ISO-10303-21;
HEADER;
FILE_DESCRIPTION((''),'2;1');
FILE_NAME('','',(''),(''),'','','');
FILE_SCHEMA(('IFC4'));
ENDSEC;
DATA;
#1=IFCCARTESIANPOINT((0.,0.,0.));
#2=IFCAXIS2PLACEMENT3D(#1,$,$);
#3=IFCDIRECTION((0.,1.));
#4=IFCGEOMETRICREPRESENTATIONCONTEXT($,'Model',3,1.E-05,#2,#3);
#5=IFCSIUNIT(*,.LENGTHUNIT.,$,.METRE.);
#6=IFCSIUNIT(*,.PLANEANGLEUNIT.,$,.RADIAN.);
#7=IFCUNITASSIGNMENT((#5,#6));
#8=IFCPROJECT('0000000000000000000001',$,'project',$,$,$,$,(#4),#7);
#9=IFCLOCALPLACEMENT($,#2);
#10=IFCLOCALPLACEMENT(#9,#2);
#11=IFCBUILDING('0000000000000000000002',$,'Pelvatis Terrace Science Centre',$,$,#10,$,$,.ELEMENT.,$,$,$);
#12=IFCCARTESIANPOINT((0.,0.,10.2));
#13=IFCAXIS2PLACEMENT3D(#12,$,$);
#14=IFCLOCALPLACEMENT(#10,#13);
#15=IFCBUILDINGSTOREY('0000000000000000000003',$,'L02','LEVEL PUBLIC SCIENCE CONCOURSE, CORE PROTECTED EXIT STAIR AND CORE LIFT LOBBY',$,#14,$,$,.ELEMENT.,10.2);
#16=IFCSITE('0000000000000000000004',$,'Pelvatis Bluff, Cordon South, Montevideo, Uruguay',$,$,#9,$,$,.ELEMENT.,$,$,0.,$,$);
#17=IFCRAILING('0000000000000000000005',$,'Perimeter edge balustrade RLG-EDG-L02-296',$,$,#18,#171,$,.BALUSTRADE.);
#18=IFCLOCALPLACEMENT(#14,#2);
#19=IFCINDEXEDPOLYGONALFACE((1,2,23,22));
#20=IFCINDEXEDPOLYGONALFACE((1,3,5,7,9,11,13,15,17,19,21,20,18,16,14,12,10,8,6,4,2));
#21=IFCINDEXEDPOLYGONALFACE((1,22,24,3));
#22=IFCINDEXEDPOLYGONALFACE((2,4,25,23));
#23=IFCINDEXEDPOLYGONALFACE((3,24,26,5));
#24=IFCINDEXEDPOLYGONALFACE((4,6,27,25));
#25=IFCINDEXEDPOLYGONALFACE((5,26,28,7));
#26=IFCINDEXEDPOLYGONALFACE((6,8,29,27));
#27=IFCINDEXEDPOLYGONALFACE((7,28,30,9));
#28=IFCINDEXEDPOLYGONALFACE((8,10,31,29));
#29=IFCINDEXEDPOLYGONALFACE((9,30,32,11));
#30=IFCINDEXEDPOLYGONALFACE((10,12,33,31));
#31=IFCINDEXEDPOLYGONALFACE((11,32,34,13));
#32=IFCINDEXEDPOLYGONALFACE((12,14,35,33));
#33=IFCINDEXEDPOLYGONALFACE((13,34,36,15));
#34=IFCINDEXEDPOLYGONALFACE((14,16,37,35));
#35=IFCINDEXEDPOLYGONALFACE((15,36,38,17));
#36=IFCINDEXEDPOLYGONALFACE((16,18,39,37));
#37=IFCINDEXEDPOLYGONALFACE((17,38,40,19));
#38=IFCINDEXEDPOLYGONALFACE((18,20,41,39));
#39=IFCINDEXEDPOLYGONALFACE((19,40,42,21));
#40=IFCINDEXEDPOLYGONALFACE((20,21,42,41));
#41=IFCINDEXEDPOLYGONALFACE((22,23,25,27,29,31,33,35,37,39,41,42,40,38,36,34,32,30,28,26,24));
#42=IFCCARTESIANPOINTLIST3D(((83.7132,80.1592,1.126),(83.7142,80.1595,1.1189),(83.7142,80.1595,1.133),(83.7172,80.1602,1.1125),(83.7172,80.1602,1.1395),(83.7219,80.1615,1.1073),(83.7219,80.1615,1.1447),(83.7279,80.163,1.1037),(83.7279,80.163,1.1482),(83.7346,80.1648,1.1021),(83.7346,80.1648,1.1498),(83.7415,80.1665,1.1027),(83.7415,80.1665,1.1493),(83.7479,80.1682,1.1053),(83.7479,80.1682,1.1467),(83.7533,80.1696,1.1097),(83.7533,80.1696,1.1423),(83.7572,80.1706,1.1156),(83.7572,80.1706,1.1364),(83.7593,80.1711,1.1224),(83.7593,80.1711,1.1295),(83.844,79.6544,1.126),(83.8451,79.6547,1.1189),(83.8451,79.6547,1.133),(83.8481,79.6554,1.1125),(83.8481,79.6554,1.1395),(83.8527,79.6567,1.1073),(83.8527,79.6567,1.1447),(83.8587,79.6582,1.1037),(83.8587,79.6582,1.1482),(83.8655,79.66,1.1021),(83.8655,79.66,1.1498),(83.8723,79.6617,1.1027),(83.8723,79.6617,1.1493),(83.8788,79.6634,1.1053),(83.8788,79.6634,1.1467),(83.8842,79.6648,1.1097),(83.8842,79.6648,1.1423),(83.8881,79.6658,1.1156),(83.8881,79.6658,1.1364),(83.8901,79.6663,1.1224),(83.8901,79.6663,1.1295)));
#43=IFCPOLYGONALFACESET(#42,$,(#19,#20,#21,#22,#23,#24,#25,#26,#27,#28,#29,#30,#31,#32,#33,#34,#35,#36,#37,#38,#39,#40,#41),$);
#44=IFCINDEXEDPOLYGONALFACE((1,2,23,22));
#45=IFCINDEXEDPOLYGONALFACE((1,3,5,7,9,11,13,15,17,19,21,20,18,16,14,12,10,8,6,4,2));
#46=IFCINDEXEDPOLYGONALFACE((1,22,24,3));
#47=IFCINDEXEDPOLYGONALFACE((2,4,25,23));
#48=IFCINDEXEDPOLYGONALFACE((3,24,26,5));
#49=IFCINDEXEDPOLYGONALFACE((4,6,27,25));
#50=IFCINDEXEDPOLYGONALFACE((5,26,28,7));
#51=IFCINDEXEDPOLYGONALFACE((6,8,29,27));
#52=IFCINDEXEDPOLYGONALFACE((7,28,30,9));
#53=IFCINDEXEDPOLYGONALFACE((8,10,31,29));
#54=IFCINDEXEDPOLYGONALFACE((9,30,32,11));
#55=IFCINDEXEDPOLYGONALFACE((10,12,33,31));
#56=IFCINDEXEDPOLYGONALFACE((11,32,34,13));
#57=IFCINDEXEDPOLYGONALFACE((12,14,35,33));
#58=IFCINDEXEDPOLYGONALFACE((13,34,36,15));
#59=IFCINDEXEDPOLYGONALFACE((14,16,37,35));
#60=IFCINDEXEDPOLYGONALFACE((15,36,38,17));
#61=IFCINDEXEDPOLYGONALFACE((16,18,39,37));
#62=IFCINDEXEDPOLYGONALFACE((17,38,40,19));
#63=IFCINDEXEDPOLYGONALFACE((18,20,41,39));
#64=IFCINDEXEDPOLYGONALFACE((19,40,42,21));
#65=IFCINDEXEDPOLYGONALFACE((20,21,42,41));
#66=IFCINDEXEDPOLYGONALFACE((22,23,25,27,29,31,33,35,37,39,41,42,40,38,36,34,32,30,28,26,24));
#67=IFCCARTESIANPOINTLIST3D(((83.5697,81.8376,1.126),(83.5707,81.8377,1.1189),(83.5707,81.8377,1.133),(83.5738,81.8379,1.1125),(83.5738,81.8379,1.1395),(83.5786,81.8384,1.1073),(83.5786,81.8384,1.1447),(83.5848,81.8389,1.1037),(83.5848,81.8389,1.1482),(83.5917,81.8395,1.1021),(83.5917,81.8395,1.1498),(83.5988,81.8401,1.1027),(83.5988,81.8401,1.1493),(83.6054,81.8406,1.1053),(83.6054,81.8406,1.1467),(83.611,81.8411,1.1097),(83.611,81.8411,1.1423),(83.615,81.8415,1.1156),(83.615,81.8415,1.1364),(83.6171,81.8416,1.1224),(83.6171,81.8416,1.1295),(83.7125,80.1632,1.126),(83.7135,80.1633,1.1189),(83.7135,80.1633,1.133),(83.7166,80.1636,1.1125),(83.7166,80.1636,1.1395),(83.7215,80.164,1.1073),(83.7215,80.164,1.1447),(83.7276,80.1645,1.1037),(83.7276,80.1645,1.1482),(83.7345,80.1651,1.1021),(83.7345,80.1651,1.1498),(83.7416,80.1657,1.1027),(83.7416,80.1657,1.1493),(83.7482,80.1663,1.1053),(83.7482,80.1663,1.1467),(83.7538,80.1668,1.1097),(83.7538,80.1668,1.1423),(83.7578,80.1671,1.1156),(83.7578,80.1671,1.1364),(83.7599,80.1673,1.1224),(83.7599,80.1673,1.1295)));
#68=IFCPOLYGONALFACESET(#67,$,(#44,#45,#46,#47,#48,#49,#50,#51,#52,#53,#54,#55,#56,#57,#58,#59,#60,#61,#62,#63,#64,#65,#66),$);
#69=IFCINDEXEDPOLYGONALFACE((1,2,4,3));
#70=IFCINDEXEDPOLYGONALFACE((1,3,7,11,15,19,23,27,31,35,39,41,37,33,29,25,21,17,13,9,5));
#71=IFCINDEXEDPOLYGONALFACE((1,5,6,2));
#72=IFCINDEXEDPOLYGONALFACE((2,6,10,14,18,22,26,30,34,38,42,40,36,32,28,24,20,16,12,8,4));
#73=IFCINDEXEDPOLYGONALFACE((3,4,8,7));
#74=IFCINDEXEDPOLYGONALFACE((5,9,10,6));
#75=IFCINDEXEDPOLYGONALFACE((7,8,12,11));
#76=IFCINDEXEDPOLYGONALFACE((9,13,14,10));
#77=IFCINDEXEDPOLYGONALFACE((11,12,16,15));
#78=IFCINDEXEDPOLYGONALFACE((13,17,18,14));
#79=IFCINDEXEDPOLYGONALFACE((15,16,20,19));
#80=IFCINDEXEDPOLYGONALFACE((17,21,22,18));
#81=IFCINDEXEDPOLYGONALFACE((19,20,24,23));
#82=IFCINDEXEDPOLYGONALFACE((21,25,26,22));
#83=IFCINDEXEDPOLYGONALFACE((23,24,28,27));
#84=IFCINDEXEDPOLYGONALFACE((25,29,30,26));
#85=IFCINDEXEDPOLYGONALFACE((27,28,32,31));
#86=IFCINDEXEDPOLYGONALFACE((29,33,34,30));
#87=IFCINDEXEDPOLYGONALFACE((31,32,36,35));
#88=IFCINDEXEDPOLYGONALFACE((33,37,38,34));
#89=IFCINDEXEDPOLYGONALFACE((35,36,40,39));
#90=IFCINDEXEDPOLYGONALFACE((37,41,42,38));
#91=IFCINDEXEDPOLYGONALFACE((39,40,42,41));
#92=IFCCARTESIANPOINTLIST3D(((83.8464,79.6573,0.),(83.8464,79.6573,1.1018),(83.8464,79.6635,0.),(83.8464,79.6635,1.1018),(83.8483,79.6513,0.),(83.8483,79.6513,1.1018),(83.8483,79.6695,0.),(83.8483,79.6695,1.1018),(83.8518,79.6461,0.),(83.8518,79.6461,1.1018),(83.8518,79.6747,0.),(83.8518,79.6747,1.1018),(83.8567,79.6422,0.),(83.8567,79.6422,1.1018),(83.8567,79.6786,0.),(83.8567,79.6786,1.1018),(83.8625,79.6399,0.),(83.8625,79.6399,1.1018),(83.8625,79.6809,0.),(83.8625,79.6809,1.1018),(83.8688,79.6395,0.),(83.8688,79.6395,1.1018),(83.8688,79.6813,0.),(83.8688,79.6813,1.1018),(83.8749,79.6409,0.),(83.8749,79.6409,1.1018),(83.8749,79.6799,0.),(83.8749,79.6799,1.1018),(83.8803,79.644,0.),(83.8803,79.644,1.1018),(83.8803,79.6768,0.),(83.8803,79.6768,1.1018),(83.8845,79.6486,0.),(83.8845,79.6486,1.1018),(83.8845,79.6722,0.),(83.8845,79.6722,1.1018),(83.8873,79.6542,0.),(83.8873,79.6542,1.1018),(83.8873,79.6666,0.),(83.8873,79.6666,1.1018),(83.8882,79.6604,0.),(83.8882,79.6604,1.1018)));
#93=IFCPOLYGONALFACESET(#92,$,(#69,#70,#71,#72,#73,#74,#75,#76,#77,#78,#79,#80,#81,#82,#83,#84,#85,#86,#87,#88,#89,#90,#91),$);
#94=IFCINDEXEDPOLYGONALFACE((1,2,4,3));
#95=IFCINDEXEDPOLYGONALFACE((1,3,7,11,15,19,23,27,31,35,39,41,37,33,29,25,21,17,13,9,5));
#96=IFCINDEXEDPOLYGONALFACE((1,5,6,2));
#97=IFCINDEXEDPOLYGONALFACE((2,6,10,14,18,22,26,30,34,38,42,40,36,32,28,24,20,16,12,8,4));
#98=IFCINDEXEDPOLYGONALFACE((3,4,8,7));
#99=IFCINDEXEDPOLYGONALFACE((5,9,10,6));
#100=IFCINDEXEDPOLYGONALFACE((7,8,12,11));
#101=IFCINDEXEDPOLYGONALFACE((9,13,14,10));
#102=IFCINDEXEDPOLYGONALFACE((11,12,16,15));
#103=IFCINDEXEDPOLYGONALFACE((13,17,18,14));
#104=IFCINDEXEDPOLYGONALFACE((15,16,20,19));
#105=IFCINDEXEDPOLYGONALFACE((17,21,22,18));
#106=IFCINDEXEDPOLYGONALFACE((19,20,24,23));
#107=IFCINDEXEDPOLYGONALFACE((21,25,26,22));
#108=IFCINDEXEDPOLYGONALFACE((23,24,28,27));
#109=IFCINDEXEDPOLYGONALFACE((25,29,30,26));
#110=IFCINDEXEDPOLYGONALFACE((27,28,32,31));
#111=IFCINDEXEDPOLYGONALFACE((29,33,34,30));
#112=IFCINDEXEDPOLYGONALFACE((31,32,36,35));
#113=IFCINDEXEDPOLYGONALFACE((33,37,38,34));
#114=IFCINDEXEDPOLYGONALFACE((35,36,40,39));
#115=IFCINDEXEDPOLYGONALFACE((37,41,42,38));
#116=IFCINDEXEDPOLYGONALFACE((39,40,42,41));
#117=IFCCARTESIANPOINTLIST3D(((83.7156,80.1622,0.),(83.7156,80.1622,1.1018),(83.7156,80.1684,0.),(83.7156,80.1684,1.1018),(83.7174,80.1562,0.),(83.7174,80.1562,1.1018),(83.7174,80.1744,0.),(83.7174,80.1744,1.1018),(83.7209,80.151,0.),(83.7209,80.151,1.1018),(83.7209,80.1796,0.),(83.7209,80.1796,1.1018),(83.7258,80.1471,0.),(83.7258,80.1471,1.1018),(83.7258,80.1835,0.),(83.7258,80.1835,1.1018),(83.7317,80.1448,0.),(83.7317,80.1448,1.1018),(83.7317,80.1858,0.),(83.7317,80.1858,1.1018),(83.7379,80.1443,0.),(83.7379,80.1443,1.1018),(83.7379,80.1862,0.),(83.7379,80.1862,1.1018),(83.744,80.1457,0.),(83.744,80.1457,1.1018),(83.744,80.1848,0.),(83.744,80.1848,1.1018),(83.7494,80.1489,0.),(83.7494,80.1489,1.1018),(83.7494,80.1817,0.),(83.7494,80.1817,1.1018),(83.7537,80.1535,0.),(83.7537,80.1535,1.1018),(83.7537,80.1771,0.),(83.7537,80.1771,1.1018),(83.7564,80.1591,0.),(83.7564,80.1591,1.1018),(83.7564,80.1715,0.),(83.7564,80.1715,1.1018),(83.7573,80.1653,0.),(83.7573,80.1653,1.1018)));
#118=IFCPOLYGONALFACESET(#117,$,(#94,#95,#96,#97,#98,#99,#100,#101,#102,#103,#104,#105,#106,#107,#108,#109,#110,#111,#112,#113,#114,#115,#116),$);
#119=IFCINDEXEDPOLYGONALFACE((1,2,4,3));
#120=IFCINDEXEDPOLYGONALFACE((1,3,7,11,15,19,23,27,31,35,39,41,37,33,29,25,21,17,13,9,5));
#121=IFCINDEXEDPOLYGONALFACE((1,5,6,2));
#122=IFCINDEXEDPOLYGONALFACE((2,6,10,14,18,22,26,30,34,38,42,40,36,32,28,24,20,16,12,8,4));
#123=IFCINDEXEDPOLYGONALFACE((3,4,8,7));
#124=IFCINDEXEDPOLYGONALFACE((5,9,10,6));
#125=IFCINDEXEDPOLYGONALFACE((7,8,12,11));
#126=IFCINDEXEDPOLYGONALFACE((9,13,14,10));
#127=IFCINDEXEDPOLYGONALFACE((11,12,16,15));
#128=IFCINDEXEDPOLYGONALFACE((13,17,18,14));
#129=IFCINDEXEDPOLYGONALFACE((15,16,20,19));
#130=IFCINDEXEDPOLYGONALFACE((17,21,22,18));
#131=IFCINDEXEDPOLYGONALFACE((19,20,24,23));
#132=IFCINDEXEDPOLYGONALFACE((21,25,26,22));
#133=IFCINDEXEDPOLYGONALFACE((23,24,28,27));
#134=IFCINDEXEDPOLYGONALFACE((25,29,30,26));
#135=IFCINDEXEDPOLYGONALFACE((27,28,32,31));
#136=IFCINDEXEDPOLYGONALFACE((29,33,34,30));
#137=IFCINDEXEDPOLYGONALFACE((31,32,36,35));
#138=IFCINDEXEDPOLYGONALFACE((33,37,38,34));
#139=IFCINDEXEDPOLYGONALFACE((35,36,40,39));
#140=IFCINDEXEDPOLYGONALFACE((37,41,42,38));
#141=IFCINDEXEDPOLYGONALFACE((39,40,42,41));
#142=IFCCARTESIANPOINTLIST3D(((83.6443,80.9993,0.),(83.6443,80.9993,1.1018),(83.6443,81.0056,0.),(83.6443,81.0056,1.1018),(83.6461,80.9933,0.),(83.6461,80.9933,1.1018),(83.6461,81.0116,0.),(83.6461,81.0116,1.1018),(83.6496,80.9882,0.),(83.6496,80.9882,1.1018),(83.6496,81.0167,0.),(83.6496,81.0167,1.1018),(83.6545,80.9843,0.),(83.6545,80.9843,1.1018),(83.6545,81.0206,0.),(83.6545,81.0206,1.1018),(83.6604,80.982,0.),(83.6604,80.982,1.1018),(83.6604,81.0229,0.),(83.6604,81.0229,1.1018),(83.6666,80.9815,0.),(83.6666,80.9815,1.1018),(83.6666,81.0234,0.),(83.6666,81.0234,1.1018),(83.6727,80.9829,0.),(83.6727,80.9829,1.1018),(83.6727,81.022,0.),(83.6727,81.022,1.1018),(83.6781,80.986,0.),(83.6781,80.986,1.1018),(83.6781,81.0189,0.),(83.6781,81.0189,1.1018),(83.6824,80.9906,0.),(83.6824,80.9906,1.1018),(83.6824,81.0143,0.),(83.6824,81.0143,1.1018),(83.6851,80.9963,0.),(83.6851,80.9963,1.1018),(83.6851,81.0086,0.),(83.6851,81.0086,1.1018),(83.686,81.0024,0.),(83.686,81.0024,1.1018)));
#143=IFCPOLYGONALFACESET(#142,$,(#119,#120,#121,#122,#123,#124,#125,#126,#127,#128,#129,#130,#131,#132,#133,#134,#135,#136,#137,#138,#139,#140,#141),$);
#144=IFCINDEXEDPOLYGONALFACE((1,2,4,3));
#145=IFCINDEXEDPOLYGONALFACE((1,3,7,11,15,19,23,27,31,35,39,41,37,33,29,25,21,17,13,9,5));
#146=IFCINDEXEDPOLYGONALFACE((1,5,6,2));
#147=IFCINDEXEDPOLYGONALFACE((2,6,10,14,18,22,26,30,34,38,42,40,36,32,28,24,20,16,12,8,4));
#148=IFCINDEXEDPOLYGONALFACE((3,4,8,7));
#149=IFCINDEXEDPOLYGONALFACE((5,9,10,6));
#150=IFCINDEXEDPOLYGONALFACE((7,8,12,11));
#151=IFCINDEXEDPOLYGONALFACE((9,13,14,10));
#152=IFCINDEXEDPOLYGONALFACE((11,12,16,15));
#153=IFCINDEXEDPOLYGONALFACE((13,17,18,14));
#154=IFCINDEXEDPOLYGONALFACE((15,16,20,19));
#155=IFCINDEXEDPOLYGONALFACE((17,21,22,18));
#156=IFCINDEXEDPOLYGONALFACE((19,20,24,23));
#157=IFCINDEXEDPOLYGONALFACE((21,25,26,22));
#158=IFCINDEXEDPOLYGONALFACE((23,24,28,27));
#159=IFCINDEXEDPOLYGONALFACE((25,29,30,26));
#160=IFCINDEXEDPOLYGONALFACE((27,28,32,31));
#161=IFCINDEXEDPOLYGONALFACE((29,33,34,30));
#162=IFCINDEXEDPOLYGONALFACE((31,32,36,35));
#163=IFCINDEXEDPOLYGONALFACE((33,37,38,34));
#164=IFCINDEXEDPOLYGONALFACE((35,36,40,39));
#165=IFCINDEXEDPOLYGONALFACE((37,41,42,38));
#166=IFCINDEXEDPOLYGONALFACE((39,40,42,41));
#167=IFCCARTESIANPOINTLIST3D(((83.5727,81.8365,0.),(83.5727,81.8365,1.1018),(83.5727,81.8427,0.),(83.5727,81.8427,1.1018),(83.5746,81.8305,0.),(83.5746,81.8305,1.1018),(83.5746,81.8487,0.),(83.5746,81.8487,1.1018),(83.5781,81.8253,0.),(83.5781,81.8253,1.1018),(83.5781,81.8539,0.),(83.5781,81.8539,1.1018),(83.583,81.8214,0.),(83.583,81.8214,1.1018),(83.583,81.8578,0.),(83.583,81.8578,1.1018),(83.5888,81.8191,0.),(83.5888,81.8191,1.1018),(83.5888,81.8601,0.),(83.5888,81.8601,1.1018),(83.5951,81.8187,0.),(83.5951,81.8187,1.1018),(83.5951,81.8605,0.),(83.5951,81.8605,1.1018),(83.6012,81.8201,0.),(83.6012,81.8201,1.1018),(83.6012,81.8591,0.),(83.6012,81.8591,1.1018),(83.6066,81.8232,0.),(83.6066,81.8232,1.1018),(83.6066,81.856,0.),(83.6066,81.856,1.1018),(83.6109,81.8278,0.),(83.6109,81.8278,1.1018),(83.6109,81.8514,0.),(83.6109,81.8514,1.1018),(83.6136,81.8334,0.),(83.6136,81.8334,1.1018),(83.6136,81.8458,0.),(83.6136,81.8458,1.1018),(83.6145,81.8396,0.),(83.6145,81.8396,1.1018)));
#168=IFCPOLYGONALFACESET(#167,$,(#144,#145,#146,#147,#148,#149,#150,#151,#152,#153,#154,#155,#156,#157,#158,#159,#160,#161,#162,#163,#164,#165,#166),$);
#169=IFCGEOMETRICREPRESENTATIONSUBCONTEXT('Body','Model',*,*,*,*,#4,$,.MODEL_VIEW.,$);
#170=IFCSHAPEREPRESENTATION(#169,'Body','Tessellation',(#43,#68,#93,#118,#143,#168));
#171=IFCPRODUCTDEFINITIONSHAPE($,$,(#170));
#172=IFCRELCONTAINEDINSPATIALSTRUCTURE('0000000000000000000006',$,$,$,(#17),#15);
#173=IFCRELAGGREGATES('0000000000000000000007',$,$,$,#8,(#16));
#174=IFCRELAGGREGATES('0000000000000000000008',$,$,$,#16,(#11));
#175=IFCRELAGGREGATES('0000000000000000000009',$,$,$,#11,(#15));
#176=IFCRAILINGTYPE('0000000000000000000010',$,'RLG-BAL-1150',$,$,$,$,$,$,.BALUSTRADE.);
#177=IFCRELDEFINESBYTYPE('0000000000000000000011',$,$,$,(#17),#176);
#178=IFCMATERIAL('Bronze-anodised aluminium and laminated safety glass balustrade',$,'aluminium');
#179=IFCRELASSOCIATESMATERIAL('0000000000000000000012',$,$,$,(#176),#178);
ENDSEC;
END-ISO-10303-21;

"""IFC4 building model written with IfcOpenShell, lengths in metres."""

from ifc_helpers import new_model, si_unit, direction, frame, origin, origin_2d, place, context, subcontext, project, spatial, circle, extrude, material, type_object, element, save


model = new_model("IFC4")

# Units and contexts
model_context = context("Model", 3, precision=1e-05, world=origin(), true_north=direction((0.0, 1.0)))
body_context = subcontext(model_context, "Body", "Model", "MODEL_VIEW")
ifc_project = project(units=[si_unit("LENGTHUNIT", "METRE"), si_unit("PLANEANGLEUNIT", "RADIAN")], contexts=[model_context])

# Site, building, storey
site_placement = place(None, origin())
site = spatial("IfcSite", under=ifc_project, at=site_placement, Name="Pelvatis Bluff, Cordon South, Montevideo, Uruguay", CompositionType="ELEMENT", RefElevation=0.0)
building_placement = place(site_placement, origin())
building = spatial("IfcBuilding", under=site, at=building_placement, Name="Pelvatis Terrace Science Centre", CompositionType="ELEMENT")
storey_placement = place(building_placement, frame((0.0, 0.0, 10.2)))
storey = spatial("IfcBuildingStorey", under=building, at=storey_placement, Name="L02", Description="LEVEL PUBLIC SCIENCE CONCOURSE, CORE PROTECTED EXIT STAIR AND CORE LIFT LOBBY", CompositionType="ELEMENT", Elevation=10.2)

# Railing
ifc_material_1 = material(Name="Bronze-anodised aluminium and laminated safety glass balustrade", Category="aluminium")
railing_type_1 = type_object("IfcRailingType", Name="RLG-BAL-1150", PredefinedType="BALUSTRADE", material=ifc_material_1)
railing_1_placement = place(storey_placement, frame((83.8672, 79.6604, 0.0)))
element("IfcRailing", 1, at=railing_1_placement, inside=storey, type_object=railing_type_1, Name="Perimeter edge balustrade RLG-EDG-L02-296", PredefinedType="BALUSTRADE", context=body_context, shape_type="SweptSolid", body=[
    extrude(circle(Radius=0.0239, at=origin_2d()), frame((0.0, 0.0, 1.126), z_axis=(-0.250897, 0.968014, 0.0), x_axis=(-0.968014, -0.250897, 0.0)), (0.0, 0.0, 1.0), 0.5215),
    extrude(circle(Radius=0.0239, at=origin_2d()), frame((-0.1309, 0.5049, 1.126), z_axis=(-0.084993, 0.996382, 0.0), x_axis=(-0.996382, -0.084993, 0.0)), (0.0, 0.0, 1.0), 1.6804),
    extrude(circle(Radius=0.021, at=origin_2d()), origin(), (0.0, 0.0, 1.0), 1.1018),
    extrude(circle(Radius=0.021, at=origin_2d()), frame((-0.1309, 0.5049, 0.0)), (0.0, 0.0, 1.0), 1.1018),
    extrude(circle(Radius=0.021, at=origin_2d()), frame((-0.2021, 1.342, 0.0)), (0.0, 0.0, 1.0), 1.1018),
    extrude(circle(Radius=0.021, at=origin_2d()), frame((-0.2737, 2.1792, 0.0)), (0.0, 0.0, 1.0), 1.1018),
])

save(model, "model.ifc")
